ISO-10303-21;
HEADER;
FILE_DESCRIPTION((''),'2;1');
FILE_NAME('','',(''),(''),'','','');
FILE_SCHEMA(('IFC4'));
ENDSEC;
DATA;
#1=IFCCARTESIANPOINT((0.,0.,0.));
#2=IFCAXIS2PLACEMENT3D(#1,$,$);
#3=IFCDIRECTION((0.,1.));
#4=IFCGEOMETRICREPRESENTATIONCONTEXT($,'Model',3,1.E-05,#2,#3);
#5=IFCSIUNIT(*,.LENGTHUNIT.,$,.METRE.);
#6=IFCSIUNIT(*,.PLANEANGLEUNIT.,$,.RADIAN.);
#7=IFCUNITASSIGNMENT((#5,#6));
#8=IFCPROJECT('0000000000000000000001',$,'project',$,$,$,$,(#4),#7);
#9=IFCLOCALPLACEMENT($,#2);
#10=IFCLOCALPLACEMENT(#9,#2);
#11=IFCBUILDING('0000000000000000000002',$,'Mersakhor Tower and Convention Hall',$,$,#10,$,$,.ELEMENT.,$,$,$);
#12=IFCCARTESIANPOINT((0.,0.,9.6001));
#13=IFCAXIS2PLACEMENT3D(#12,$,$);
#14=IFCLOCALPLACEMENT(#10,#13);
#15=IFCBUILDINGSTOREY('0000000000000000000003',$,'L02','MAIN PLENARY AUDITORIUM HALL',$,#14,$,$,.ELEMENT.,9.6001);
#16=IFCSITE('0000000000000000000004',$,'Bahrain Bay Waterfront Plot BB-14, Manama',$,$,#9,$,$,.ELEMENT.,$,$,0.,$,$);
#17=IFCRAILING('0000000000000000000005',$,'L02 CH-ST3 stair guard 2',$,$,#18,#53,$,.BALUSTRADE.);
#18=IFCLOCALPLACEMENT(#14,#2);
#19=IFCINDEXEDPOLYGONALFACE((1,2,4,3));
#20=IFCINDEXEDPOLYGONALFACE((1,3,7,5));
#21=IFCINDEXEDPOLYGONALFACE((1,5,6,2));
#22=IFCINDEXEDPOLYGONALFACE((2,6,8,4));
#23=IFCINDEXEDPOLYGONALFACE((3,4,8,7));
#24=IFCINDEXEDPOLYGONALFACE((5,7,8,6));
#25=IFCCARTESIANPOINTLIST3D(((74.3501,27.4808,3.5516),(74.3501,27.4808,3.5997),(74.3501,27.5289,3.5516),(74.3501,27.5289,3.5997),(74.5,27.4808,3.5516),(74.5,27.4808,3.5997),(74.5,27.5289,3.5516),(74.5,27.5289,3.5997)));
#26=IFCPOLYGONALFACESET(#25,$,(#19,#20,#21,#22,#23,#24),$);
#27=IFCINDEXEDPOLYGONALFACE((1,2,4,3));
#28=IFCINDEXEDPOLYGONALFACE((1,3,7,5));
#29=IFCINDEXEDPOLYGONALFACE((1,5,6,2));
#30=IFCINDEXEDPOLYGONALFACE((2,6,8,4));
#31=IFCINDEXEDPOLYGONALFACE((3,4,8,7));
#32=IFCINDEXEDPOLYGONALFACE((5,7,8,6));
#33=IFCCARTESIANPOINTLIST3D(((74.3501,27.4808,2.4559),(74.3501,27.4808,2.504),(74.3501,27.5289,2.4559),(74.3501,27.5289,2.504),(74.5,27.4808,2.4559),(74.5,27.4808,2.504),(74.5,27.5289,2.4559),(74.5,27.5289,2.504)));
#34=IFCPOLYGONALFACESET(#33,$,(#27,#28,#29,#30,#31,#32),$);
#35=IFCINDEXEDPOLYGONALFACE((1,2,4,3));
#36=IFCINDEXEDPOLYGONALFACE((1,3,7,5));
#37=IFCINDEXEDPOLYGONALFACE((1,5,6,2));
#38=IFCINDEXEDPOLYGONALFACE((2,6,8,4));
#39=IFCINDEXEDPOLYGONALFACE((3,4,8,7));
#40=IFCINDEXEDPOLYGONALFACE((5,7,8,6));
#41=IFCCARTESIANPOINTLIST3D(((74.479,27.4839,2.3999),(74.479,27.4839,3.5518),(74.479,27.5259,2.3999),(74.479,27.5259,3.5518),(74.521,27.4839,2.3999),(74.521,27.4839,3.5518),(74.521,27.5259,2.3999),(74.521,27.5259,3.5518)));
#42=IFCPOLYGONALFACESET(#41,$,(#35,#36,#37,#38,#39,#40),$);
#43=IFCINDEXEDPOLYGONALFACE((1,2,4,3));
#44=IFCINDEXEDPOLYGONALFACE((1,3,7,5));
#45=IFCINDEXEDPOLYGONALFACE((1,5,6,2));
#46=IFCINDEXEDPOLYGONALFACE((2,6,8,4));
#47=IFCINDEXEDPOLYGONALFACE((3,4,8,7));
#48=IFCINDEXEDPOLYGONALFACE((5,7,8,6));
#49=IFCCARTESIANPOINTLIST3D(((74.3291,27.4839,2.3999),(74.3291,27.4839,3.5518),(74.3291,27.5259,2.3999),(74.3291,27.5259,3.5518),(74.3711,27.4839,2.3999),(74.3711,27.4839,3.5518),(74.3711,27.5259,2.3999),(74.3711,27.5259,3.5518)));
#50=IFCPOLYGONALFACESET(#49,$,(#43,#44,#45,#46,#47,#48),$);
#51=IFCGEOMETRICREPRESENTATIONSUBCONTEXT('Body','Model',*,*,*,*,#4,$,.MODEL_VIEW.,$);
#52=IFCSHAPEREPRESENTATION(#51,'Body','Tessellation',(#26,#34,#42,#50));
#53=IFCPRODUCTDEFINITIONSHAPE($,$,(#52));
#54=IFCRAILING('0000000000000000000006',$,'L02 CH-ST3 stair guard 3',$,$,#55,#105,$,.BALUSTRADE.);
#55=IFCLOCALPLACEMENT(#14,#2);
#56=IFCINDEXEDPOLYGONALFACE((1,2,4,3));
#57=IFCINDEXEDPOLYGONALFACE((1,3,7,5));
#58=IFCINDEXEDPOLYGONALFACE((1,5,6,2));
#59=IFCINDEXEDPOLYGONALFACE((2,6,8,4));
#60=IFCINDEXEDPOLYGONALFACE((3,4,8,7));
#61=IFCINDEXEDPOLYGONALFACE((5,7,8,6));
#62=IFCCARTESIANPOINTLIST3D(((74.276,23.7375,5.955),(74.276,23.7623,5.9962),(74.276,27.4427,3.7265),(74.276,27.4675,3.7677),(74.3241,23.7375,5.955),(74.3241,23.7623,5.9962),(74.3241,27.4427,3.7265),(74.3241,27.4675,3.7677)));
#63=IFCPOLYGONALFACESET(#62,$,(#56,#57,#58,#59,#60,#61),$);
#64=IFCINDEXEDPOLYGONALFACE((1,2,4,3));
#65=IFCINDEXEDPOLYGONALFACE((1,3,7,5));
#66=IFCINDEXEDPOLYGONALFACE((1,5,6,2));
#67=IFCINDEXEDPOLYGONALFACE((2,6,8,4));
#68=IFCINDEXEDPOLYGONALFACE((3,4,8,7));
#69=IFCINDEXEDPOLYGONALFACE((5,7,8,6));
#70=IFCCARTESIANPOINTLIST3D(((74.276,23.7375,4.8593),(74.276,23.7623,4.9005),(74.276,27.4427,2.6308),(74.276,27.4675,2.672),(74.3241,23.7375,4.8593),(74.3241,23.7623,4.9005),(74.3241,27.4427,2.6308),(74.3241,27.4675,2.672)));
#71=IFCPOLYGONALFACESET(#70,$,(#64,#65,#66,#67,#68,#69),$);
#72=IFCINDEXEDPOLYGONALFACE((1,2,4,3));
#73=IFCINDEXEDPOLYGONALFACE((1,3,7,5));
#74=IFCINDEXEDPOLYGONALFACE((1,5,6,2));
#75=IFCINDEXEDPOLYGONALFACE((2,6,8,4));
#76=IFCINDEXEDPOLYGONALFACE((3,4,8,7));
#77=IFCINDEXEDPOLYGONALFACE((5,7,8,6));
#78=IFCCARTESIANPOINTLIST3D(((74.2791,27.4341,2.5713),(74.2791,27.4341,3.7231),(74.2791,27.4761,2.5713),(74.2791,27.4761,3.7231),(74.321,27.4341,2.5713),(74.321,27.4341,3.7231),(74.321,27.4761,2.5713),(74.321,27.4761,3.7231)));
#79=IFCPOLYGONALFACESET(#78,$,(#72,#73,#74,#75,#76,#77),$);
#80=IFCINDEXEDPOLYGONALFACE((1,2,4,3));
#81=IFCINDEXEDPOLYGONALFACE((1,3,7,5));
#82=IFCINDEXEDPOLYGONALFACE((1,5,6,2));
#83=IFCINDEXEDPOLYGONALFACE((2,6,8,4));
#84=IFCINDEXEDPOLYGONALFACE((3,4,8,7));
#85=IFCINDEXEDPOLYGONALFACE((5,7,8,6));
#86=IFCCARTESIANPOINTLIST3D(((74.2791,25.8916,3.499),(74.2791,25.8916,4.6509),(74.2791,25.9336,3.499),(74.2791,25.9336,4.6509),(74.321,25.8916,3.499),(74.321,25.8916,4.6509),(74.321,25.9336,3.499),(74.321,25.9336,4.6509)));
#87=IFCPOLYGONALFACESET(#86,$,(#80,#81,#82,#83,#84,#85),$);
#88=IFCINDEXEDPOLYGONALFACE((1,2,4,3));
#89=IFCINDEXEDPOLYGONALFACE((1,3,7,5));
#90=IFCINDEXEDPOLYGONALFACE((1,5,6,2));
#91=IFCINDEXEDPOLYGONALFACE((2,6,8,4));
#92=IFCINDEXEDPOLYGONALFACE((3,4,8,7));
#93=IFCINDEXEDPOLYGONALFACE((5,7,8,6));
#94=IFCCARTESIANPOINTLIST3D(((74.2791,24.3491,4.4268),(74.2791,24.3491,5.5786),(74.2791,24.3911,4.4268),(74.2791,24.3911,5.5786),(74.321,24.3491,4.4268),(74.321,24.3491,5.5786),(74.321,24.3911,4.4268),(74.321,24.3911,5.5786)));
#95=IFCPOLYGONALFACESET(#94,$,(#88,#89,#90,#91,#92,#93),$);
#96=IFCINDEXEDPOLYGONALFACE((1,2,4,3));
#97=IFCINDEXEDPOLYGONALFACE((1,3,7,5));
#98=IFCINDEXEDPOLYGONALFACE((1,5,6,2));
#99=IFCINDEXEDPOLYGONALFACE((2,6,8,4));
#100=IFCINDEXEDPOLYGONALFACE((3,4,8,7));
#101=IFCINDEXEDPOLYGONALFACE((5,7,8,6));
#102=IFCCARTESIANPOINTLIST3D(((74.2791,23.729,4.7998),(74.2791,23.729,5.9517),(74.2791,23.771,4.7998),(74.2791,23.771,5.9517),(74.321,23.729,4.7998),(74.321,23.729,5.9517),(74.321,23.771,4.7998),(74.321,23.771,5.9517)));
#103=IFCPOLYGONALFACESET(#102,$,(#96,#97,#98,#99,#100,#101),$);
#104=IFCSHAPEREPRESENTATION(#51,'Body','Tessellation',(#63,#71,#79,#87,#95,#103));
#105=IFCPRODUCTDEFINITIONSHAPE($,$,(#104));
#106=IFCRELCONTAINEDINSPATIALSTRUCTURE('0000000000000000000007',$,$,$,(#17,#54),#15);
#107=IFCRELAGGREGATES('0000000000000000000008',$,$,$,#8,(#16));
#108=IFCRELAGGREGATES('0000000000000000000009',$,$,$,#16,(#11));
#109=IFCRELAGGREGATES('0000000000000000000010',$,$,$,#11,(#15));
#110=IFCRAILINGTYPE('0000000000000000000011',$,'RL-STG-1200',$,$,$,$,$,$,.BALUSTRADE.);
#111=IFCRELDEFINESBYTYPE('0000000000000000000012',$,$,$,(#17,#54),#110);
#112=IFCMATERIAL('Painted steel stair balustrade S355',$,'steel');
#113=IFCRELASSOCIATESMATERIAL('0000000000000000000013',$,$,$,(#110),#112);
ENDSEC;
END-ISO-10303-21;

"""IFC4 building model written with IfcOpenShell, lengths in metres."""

from ifc_helpers import new_model, si_unit, direction, frame, origin, origin_2d, place, context, subcontext, project, spatial, rectangle, extrude, material, type_object, element, save


model = new_model("IFC4")

# Units and contexts
model_context = context("Model", 3, precision=1e-05, world=origin(), true_north=direction((0.0, 1.0)))
body_context = subcontext(model_context, "Body", "Model", "MODEL_VIEW")
ifc_project = project(units=[si_unit("LENGTHUNIT", "METRE"), si_unit("PLANEANGLEUNIT", "RADIAN")], contexts=[model_context])

# Site, building, storey
site_placement = place(None, origin())
site = spatial("IfcSite", under=ifc_project, at=site_placement, Name="Bahrain Bay Waterfront Plot BB-14, Manama", CompositionType="ELEMENT", RefElevation=0.0)
building_placement = place(site_placement, origin())
building = spatial("IfcBuilding", under=site, at=building_placement, Name="Mersakhor Tower and Convention Hall", CompositionType="ELEMENT")
storey_placement = place(building_placement, frame((0.0, 0.0, 9.6001)))
storey = spatial("IfcBuildingStorey", under=building, at=storey_placement, Name="L02", Description="MAIN PLENARY AUDITORIUM HALL", CompositionType="ELEMENT", Elevation=9.6001)

# Railings
ifc_material_1 = material(Name="Painted steel stair balustrade S355", Category="steel")
railing_type = type_object("IfcRailingType", Name="RL-STG-1200", PredefinedType="BALUSTRADE", material=ifc_material_1)
railing_1_placement = place(storey_placement, frame((74.5, 27.5049, 2.3999)))
element("IfcRailing", 1, at=railing_1_placement, inside=storey, type_object=railing_type, Name="L02 CH-ST3 stair guard 2", PredefinedType="BALUSTRADE", context=body_context, shape_type="SweptSolid", body=[
    extrude(rectangle(XDim=0.0481, YDim=0.0481, at=origin_2d()), frame((0.0, 0.0, 1.1758), z_axis=(-1.0, 0.0, 0.0), x_axis=(0.0, -1.0, 0.0)), (0.0, 0.0, 1.0), 0.1499),
    extrude(rectangle(XDim=0.0481, YDim=0.0481, at=origin_2d()), frame((0.0, 0.0, 0.0801), z_axis=(-1.0, 0.0, 0.0), x_axis=(0.0, -1.0, 0.0)), (0.0, 0.0, 1.0), 0.1499),
    extrude(rectangle(XDim=0.042, YDim=0.042, at=origin_2d()), origin(), (0.0, 0.0, 1.0), 1.1519),
    extrude(rectangle(XDim=0.042, YDim=0.042, at=origin_2d()), frame((-0.1499, 0.0, 0.0)), (0.0, 0.0, 1.0), 1.1519),
])
railing_2_placement = place(storey_placement, frame((74.3, 27.4551, 2.5713)))
element("IfcRailing", 2, at=railing_2_placement, inside=storey, type_object=railing_type, Name="L02 CH-ST3 stair guard 3", PredefinedType="BALUSTRADE", context=body_context, shape_type="SweptSolid", body=[
    extrude(rectangle(XDim=0.0481, YDim=0.0481, at=origin_2d()), frame((0.0, 0.0, 1.1758), z_axis=(0.0, -0.856934, 0.515425), x_axis=(1.0, 0.0, 0.0)), (0.0, 0.0, 1.0), 4.3237),
    extrude(rectangle(XDim=0.0481, YDim=0.0481, at=origin_2d()), frame((0.0, 0.0, 0.0801), z_axis=(0.0, -0.856934, 0.515425), x_axis=(1.0, 0.0, 0.0)), (0.0, 0.0, 1.0), 4.3237),
    extrude(rectangle(XDim=0.042, YDim=0.042, at=origin_2d()), origin(), (0.0, 0.0, 1.0), 1.1519),
    extrude(rectangle(XDim=0.042, YDim=0.042, at=origin_2d()), frame((0.0, -1.5425, 0.9277)), (0.0, 0.0, 1.0), 1.1519),
    extrude(rectangle(XDim=0.042, YDim=0.042, at=origin_2d()), frame((0.0, -3.085, 1.8555)), (0.0, 0.0, 1.0), 1.1519),
    extrude(rectangle(XDim=0.042, YDim=0.042, at=origin_2d()), frame((0.0, -3.7051, 2.2285)), (0.0, 0.0, 1.0), 1.1519),
])

save(model, "model.ifc")
